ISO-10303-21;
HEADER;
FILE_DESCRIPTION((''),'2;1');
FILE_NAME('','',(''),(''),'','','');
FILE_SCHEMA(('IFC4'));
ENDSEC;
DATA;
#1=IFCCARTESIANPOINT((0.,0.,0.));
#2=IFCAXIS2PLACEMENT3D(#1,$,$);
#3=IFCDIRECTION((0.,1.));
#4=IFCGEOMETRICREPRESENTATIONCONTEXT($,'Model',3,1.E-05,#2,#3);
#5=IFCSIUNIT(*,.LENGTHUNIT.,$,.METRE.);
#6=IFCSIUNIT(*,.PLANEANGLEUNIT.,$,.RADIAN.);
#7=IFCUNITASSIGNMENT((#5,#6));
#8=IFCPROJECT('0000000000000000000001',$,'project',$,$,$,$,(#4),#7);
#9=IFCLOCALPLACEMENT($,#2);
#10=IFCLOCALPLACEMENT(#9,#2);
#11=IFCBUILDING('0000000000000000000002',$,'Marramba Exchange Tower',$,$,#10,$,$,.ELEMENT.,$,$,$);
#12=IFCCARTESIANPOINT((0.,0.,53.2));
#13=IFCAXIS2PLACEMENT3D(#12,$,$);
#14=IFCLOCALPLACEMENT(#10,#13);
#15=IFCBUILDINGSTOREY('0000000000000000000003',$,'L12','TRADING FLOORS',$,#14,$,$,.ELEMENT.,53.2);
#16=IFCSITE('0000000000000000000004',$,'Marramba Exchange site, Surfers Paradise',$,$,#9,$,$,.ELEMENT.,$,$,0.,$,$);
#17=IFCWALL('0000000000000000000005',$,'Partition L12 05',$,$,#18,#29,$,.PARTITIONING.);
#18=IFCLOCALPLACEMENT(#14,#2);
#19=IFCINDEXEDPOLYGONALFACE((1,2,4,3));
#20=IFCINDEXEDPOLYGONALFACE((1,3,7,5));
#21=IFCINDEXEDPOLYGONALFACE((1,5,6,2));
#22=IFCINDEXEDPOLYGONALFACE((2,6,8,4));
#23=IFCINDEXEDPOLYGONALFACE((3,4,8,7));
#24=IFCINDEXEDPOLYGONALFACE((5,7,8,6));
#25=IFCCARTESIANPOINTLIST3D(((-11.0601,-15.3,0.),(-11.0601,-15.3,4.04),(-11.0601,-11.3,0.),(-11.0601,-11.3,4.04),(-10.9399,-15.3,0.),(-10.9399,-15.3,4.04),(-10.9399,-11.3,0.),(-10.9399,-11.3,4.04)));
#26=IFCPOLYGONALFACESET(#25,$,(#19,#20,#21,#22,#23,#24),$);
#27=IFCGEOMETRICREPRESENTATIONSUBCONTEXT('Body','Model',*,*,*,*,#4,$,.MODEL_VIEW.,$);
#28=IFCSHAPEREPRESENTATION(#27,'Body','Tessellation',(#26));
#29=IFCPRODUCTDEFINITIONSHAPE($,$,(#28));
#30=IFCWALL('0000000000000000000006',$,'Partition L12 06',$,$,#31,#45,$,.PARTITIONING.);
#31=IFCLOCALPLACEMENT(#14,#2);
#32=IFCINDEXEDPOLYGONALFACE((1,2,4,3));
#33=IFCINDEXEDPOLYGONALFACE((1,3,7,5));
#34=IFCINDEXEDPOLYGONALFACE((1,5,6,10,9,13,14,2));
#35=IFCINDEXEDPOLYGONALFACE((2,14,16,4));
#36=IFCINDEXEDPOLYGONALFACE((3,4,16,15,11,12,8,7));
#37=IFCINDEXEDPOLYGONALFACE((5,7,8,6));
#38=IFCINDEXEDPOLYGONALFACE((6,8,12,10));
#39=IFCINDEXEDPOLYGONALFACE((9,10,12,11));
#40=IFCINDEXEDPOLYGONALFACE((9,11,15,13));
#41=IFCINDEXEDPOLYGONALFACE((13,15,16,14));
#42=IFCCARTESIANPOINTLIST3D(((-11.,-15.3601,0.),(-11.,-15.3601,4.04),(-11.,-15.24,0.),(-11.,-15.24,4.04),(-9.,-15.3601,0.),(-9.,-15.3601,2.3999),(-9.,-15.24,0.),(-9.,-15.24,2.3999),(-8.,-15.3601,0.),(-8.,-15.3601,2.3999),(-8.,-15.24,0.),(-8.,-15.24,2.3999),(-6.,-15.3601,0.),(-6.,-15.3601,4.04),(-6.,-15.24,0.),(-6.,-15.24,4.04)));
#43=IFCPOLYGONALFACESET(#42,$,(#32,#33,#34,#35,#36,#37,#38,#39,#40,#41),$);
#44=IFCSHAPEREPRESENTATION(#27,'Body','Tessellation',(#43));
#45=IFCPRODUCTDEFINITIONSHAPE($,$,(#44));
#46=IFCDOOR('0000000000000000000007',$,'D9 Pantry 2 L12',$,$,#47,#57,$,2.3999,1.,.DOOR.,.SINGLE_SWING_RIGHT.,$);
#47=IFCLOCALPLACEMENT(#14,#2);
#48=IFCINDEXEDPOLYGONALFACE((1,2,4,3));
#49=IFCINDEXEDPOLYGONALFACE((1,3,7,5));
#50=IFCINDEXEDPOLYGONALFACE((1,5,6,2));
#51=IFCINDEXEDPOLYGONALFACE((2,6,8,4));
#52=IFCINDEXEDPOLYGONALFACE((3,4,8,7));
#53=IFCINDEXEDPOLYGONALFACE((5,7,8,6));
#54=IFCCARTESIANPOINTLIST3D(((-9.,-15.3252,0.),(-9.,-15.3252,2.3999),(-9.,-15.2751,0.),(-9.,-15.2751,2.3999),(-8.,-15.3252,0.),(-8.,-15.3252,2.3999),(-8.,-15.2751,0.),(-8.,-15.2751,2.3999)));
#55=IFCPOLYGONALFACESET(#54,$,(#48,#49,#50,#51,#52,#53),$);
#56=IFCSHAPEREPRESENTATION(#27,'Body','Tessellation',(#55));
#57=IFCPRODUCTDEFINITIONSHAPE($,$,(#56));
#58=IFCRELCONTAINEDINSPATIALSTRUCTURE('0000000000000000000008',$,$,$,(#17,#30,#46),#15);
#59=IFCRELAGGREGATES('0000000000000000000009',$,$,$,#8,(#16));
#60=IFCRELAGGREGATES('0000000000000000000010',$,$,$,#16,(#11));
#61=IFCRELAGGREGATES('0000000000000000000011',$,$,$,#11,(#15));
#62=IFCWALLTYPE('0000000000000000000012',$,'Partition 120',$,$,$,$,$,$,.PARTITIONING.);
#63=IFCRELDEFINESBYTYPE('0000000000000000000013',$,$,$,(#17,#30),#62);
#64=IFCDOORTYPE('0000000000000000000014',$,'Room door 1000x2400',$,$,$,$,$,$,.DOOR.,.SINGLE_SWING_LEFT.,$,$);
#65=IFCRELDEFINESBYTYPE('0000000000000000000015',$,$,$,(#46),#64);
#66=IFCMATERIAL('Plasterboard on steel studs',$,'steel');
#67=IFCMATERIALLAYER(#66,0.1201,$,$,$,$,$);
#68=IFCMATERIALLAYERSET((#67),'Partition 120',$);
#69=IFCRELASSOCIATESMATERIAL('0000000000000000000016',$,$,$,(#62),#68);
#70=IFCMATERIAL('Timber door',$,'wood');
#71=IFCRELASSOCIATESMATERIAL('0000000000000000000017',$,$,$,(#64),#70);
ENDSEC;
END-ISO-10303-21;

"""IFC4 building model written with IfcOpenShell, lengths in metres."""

from ifc_helpers import new_model, si_unit, direction, frame, frame_2d, origin, place, context, subcontext, project, spatial, rectangle, extrude, material, layer, layer_set, type_object, element, fill, save


model = new_model("IFC4")

# Units and contexts
model_context = context("Model", 3, precision=1e-05, world=origin(), true_north=direction((0.0, 1.0)))
body_context = subcontext(model_context, "Body", "Model", "MODEL_VIEW")
ifc_project = project(units=[si_unit("LENGTHUNIT", "METRE"), si_unit("PLANEANGLEUNIT", "RADIAN")], contexts=[model_context])

# Site, building, storey
site_placement = place(None, origin())
site = spatial("IfcSite", under=ifc_project, at=site_placement, Name="Marramba Exchange site, Surfers Paradise", CompositionType="ELEMENT", RefElevation=0.0)
building_placement = place(site_placement, origin())
building = spatial("IfcBuilding", under=site, at=building_placement, Name="Marramba Exchange Tower", CompositionType="ELEMENT")
storey_placement = place(building_placement, frame((0.0, 0.0, 53.2)))
storey = spatial("IfcBuildingStorey", under=building, at=storey_placement, Name="L12", Description="TRADING FLOORS", CompositionType="ELEMENT", Elevation=53.2)

# Wall
ifc_material_1 = material(Name="Plasterboard on steel studs", Category="steel")
ifc_layer_1 = layer(ifc_material_1, 0.1201)
ifc_layer_set_1 = layer_set([ifc_layer_1], Name="Partition 120")
wall_type_1 = type_object("IfcWallType", Name="Partition 120", PredefinedType="PARTITIONING", material=ifc_layer_set_1)
wall_1_placement = place(storey_placement, frame((-11.0, -11.3, 0.0), z_axis=(0.0, 0.0, 1.0), x_axis=(0.0, -1.0, 0.0)))
element("IfcWall", 1, at=wall_1_placement, inside=storey, type_object=wall_type_1, Name="Partition L12 05", PredefinedType="PARTITIONING", context=body_context, shape_type="SweptSolid", body=[
    extrude(rectangle(XDim=4.0, YDim=0.1201, at=frame_2d((2.0, 0.0))), origin(), (0.0, 0.0, 1.0), 4.04),
])

# Wall, opening, door
wall_2_placement = place(storey_placement, frame((-11.0, -15.3, 0.0), z_axis=(0.0, 0.0, 1.0), x_axis=(1.0, 0.0, 0.0)))
wall_2 = element("IfcWall", 2, at=wall_2_placement, inside=storey, type_object=wall_type_1, Name="Partition L12 06", PredefinedType="PARTITIONING", context=body_context, shape_type="SweptSolid", body=[
    extrude(rectangle(XDim=5.0, YDim=0.1201, at=frame_2d((2.5, 0.0))), origin(), (0.0, 0.0, 1.0), 4.04),
])
opening_1_placement = place(wall_2_placement, frame((2.0, 0.0, 0.0)))
opening_1 = element("IfcOpeningElement", 3, at=opening_1_placement, cuts=wall_2, PredefinedType="OPENING", context=body_context, shape_type="SweptSolid", body=[
    extrude(rectangle(XDim=1.0, YDim=2.3999, at=frame_2d((0.5, 1.2))), frame((0.0, 0.0701, 0.0), z_axis=(0.0, -1.0, 0.0), x_axis=(1.0, 0.0, 0.0)), (0.0, 0.0, 1.0), 0.1401),
])
ifc_material_2 = material(Name="Timber door", Category="wood")
door_type_1 = type_object("IfcDoorType", Name="Room door 1000x2400", OperationType="SINGLE_SWING_LEFT", PredefinedType="DOOR", material=ifc_material_2)
door_1_placement = place(opening_1_placement, origin())
door_1 = element("IfcDoor", 4, at=door_1_placement, inside=storey, type_object=door_type_1, Name="D9 Pantry 2 L12", OperationType="SINGLE_SWING_RIGHT", OverallHeight=2.3999, OverallWidth=1.0, PredefinedType="DOOR", context=body_context, shape_type="SweptSolid", body=[
    extrude(rectangle(XDim=1.0, YDim=2.3999, at=frame_2d((0.5, 1.2))), frame((0.0, 0.0249, 0.0), z_axis=(0.0, -1.0, 0.0), x_axis=(1.0, 0.0, 0.0)), (0.0, 0.0, 1.0), 0.05),
])
fill(opening_1, door_1)

save(model, "model.ifc")
